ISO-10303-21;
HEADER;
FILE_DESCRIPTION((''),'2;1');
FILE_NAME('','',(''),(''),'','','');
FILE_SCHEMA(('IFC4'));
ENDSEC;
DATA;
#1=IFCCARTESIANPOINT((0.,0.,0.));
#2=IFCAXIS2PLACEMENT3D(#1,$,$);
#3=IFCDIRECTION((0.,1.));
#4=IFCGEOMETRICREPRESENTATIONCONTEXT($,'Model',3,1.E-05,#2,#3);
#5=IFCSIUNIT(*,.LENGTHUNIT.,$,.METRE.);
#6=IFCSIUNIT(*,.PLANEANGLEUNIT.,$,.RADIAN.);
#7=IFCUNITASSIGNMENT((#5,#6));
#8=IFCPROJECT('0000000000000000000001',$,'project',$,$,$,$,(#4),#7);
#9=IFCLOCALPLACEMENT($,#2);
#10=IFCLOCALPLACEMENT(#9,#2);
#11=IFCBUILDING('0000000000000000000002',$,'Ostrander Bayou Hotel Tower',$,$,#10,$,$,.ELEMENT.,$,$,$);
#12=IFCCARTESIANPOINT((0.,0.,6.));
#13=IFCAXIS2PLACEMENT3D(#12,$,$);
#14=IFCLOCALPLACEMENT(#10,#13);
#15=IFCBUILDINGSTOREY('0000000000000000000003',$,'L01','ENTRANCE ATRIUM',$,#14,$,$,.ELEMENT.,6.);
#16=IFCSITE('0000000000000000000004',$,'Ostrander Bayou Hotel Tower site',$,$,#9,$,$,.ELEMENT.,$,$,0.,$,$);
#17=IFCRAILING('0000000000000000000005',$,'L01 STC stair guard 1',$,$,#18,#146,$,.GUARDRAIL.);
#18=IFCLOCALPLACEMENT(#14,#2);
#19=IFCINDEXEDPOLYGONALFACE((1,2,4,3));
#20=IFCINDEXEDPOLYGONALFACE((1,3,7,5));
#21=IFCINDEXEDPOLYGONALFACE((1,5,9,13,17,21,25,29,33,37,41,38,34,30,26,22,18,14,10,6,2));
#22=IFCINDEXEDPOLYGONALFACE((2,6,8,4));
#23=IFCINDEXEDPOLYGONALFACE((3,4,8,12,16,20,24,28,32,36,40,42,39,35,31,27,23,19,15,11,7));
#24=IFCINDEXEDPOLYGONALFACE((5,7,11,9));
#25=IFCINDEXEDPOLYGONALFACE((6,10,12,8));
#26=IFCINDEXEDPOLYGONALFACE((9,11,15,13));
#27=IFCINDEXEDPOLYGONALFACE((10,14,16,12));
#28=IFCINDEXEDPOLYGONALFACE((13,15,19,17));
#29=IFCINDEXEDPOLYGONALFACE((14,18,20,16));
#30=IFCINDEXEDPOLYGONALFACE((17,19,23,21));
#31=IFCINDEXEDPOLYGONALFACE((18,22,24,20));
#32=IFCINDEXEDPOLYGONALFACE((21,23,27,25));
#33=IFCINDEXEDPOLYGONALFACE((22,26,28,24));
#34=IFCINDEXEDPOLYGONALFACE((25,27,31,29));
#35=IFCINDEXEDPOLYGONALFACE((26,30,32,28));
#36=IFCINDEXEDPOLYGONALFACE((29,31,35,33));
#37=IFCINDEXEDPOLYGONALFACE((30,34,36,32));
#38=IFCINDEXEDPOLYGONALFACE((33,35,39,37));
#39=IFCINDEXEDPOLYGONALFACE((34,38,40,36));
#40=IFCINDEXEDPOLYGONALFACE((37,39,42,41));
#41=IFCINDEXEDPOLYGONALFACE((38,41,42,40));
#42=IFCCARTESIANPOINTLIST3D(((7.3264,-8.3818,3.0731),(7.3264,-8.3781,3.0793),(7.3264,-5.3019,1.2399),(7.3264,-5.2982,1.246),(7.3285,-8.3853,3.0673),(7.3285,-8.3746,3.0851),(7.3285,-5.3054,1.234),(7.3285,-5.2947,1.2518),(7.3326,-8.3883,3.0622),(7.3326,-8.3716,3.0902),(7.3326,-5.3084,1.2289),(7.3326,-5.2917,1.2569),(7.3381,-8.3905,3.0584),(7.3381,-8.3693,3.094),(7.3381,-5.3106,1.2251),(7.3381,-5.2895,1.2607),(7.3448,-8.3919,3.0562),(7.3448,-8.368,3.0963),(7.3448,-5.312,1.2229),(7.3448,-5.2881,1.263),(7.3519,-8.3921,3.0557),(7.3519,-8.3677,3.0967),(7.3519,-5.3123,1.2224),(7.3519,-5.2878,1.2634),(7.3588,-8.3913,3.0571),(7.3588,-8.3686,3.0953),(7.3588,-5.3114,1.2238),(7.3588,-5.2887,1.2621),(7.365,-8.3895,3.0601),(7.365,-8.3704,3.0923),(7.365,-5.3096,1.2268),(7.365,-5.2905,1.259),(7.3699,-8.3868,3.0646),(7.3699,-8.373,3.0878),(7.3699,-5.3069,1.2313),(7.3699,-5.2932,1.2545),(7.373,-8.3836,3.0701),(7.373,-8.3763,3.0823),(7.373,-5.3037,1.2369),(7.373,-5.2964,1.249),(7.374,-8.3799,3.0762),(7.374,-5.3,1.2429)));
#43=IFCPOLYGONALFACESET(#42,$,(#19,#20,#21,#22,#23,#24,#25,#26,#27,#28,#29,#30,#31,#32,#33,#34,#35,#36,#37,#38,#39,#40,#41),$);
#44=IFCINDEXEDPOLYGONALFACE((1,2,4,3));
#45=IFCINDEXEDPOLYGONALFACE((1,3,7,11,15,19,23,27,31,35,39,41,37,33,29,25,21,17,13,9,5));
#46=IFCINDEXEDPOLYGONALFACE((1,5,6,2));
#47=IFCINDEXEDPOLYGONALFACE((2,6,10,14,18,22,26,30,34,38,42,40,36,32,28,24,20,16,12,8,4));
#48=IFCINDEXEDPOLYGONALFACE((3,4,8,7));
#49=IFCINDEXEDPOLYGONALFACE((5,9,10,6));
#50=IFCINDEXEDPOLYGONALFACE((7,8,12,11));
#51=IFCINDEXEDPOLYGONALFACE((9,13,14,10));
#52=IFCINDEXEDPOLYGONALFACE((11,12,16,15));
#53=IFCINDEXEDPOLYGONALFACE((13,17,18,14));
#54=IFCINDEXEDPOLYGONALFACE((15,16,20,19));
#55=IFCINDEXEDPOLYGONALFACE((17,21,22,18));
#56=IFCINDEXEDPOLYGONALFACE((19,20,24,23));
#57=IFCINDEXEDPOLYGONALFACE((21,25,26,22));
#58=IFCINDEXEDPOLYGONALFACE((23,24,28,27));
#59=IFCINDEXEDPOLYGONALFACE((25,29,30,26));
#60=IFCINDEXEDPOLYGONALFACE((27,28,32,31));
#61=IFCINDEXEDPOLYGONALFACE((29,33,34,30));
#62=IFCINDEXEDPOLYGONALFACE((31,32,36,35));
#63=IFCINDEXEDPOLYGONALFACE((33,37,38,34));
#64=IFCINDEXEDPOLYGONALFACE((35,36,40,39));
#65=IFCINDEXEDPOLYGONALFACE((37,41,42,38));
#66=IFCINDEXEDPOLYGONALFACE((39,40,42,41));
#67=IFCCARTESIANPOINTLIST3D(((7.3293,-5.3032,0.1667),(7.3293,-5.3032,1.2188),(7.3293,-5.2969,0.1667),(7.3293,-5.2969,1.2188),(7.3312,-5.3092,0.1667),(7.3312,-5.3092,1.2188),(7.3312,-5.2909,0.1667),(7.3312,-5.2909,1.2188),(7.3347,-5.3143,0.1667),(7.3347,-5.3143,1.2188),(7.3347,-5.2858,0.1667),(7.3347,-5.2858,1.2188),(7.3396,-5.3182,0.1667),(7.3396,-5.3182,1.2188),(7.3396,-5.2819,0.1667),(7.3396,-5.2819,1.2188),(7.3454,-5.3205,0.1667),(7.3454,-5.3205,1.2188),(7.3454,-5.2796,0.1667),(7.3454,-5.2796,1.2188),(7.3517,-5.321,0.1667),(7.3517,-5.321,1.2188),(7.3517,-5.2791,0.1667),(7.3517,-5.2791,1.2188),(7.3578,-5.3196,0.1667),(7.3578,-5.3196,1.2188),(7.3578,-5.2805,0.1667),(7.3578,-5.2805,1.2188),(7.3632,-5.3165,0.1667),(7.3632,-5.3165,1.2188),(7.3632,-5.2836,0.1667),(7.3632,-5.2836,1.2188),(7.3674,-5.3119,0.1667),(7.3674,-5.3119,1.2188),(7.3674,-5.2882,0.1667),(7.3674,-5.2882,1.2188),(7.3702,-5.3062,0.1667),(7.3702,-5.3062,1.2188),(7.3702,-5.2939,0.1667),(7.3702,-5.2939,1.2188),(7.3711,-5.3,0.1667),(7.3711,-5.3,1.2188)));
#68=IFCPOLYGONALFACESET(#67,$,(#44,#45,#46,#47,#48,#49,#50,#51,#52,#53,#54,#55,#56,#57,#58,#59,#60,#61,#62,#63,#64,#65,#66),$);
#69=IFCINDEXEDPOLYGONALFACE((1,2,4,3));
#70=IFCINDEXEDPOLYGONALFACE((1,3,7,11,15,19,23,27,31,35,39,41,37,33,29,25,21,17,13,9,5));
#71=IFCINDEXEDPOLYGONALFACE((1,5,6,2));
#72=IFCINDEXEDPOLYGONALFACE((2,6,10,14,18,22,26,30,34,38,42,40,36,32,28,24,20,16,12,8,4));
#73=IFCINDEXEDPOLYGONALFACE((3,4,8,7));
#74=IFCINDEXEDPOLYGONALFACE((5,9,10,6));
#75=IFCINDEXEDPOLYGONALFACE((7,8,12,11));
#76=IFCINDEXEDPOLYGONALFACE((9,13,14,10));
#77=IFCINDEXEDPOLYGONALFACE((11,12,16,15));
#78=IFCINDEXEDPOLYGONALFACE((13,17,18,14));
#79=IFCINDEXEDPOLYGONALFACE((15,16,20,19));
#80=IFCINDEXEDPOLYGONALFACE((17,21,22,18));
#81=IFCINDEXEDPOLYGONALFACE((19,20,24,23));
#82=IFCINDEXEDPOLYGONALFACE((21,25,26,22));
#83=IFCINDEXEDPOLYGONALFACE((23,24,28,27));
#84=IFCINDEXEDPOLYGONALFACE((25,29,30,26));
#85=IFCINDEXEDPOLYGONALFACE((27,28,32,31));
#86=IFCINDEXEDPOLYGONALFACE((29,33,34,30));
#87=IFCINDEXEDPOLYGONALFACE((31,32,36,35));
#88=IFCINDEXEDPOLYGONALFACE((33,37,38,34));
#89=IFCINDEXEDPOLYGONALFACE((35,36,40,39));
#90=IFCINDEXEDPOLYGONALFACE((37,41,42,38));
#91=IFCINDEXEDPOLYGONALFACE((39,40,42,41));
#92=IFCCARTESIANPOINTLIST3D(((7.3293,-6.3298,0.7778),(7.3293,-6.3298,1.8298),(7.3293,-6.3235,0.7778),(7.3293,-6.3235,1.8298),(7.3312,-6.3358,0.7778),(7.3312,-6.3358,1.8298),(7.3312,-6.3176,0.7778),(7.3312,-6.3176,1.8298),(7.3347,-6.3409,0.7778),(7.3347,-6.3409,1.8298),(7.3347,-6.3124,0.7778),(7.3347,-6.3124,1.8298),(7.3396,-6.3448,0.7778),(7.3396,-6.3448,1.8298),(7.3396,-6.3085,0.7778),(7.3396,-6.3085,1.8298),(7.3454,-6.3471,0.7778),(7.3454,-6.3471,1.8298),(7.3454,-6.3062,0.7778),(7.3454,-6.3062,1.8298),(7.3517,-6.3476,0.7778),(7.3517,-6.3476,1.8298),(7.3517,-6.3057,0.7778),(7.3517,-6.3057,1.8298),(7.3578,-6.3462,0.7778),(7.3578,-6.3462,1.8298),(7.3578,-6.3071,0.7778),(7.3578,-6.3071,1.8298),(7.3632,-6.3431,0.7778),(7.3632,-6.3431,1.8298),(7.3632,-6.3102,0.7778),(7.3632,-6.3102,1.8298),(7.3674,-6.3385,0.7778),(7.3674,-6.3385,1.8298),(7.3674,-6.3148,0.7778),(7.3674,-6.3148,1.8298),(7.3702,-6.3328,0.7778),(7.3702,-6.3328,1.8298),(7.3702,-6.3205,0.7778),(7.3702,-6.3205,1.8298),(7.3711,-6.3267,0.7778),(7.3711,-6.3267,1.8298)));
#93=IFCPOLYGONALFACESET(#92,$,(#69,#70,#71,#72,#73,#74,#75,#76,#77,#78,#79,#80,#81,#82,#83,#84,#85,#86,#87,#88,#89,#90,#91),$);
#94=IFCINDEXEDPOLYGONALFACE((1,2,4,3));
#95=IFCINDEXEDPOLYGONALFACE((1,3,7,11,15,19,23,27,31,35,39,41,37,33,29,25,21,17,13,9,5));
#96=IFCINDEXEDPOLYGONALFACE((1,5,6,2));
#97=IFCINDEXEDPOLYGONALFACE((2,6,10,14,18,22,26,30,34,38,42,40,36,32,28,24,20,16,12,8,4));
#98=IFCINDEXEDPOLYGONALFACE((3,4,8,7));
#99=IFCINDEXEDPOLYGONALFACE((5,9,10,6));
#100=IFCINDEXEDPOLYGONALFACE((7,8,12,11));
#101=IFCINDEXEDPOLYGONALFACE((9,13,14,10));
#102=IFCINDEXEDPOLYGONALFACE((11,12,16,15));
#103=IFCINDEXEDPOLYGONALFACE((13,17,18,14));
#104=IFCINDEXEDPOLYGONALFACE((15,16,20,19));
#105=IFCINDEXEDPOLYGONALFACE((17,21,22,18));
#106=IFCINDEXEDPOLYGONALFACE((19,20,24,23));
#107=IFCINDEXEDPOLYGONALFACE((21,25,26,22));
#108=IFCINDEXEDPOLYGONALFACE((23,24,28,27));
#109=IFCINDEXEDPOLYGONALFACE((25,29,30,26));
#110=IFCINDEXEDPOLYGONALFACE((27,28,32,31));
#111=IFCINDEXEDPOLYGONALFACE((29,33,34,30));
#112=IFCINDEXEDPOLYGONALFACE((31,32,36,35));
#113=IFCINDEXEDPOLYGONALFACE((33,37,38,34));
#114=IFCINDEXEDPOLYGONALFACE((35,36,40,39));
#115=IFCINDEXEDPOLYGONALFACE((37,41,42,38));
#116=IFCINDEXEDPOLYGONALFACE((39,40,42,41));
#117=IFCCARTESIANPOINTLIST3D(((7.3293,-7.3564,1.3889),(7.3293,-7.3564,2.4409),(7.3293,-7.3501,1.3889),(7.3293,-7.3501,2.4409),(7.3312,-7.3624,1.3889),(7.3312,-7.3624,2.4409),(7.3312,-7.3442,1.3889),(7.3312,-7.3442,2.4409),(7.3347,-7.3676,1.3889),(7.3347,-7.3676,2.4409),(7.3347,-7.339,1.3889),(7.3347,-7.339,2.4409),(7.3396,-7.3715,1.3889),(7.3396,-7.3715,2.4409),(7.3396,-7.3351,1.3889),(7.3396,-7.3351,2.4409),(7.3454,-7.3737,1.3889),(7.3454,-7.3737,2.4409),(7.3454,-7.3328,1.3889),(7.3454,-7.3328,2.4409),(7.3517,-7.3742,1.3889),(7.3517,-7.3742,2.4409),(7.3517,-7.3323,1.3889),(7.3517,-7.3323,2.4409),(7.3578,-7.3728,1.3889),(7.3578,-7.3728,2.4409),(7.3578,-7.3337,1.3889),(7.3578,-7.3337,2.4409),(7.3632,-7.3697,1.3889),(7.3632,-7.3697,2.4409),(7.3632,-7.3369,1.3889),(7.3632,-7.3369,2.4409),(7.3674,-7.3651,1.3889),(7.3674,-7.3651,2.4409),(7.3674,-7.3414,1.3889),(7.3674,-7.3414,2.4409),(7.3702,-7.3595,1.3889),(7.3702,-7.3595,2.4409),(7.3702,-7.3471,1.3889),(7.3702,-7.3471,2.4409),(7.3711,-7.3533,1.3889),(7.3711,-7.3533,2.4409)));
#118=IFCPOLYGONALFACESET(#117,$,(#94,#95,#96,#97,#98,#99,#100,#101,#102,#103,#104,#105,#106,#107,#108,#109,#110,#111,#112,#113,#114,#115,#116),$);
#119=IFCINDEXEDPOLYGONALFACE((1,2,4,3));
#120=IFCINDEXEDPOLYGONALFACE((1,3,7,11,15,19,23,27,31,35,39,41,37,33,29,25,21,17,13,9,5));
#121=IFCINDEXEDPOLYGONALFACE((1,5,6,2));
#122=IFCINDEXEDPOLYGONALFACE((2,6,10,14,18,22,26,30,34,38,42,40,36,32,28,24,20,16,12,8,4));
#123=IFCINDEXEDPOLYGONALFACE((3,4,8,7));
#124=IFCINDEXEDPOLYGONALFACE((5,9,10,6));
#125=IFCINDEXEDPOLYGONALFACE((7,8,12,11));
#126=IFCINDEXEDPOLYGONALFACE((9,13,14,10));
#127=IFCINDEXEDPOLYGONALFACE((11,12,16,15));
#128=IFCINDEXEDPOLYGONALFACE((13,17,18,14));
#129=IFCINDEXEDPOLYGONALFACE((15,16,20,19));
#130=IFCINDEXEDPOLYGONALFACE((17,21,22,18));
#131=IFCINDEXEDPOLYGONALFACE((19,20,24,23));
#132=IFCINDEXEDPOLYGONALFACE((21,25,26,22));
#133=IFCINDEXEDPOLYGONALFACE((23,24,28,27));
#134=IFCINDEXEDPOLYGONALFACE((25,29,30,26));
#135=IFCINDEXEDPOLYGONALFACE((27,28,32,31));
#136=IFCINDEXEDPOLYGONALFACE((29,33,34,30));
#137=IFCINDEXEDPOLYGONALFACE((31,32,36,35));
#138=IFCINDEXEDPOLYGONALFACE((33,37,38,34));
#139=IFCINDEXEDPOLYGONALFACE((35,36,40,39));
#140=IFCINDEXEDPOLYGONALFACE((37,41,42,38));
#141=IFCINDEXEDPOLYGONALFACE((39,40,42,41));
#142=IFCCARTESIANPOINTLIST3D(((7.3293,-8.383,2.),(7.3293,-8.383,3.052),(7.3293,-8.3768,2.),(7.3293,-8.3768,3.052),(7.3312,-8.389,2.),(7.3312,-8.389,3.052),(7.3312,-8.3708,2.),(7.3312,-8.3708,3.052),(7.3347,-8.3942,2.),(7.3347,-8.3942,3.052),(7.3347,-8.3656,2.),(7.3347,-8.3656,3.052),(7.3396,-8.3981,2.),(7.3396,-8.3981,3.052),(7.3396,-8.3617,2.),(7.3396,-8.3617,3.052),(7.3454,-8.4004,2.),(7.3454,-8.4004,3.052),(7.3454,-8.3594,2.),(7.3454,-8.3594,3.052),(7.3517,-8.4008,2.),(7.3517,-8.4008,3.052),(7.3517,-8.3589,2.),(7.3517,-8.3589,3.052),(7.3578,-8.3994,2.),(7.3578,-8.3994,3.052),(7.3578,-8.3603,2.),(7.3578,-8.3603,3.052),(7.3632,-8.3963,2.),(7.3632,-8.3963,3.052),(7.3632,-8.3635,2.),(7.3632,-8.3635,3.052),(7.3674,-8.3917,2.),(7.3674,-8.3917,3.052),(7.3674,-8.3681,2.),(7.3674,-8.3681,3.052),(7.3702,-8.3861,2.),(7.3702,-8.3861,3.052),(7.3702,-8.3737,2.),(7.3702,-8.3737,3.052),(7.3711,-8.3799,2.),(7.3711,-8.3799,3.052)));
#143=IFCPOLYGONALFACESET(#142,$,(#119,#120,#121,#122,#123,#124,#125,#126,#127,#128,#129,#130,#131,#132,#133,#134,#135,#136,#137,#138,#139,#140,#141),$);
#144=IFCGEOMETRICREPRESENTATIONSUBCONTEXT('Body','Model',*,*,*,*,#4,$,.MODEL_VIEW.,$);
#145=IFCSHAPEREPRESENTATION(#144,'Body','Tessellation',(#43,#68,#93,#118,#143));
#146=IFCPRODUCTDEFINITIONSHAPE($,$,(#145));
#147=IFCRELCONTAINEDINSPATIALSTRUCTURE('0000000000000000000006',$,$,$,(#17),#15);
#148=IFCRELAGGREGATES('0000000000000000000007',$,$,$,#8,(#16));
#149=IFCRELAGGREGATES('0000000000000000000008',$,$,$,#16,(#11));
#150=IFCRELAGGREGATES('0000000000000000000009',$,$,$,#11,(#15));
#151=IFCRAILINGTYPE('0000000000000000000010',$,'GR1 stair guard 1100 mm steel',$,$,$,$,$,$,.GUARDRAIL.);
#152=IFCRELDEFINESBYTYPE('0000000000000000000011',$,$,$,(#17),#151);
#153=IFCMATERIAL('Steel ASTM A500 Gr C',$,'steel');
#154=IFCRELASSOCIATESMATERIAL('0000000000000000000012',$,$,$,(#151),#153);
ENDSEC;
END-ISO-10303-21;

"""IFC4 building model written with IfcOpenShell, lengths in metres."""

from ifc_helpers import new_model, si_unit, direction, frame, origin, origin_2d, place, context, subcontext, project, spatial, circle, extrude, material, type_object, element, save


model = new_model("IFC4")

# Units and contexts
model_context = context("Model", 3, precision=1e-05, world=origin(), true_north=direction((0.0, 1.0)))
body_context = subcontext(model_context, "Body", "Model", "MODEL_VIEW")
ifc_project = project(units=[si_unit("LENGTHUNIT", "METRE"), si_unit("PLANEANGLEUNIT", "RADIAN")], contexts=[model_context])

# Site, building, storey
site_placement = place(None, origin())
site = spatial("IfcSite", under=ifc_project, at=site_placement, Name="Ostrander Bayou Hotel Tower site", CompositionType="ELEMENT", RefElevation=0.0)
building_placement = place(site_placement, origin())
building = spatial("IfcBuilding", under=site, at=building_placement, Name="Ostrander Bayou Hotel Tower", CompositionType="ELEMENT")
storey_placement = place(building_placement, frame((0.0, 0.0, 6.0)))
storey = spatial("IfcBuildingStorey", under=building, at=storey_placement, Name="L01", Description="ENTRANCE ATRIUM", CompositionType="ELEMENT", Elevation=6.0)

# Railing
ifc_material_1 = material(Name="Steel ASTM A500 Gr C", Category="steel")
railing_type_1 = type_object("IfcRailingType", Name="GR1 stair guard 1100 mm steel", PredefinedType="GUARDRAIL", material=ifc_material_1)
railing_1_placement = place(storey_placement, frame((7.3501, -5.3, 0.1667)))
element("IfcRailing", 1, at=railing_1_placement, inside=storey, type_object=railing_type_1, Name="L01 STC stair guard 1", PredefinedType="GUARDRAIL", context=body_context, shape_type="SweptSolid", body=[
    extrude(circle(Radius=0.0239, at=origin_2d()), frame((0.0, 0.0, 1.0762), z_axis=(0.0, -0.859291, 0.511487), x_axis=(1.0, 0.0, 0.0)), (0.0, 0.0, 1.0), 3.5842),
    extrude(circle(Radius=0.021, at=origin_2d()), origin(), (0.0, 0.0, 1.0), 1.052),
    extrude(circle(Radius=0.021, at=origin_2d()), frame((0.0, -1.0266, 0.6111)), (0.0, 0.0, 1.0), 1.052),
    extrude(circle(Radius=0.021, at=origin_2d()), frame((0.0, -2.0532, 1.2222)), (0.0, 0.0, 1.0), 1.052),
    extrude(circle(Radius=0.021, at=origin_2d()), frame((0.0, -3.0798, 1.8333)), (0.0, 0.0, 1.0), 1.052),
])

save(model, "model.ifc")
